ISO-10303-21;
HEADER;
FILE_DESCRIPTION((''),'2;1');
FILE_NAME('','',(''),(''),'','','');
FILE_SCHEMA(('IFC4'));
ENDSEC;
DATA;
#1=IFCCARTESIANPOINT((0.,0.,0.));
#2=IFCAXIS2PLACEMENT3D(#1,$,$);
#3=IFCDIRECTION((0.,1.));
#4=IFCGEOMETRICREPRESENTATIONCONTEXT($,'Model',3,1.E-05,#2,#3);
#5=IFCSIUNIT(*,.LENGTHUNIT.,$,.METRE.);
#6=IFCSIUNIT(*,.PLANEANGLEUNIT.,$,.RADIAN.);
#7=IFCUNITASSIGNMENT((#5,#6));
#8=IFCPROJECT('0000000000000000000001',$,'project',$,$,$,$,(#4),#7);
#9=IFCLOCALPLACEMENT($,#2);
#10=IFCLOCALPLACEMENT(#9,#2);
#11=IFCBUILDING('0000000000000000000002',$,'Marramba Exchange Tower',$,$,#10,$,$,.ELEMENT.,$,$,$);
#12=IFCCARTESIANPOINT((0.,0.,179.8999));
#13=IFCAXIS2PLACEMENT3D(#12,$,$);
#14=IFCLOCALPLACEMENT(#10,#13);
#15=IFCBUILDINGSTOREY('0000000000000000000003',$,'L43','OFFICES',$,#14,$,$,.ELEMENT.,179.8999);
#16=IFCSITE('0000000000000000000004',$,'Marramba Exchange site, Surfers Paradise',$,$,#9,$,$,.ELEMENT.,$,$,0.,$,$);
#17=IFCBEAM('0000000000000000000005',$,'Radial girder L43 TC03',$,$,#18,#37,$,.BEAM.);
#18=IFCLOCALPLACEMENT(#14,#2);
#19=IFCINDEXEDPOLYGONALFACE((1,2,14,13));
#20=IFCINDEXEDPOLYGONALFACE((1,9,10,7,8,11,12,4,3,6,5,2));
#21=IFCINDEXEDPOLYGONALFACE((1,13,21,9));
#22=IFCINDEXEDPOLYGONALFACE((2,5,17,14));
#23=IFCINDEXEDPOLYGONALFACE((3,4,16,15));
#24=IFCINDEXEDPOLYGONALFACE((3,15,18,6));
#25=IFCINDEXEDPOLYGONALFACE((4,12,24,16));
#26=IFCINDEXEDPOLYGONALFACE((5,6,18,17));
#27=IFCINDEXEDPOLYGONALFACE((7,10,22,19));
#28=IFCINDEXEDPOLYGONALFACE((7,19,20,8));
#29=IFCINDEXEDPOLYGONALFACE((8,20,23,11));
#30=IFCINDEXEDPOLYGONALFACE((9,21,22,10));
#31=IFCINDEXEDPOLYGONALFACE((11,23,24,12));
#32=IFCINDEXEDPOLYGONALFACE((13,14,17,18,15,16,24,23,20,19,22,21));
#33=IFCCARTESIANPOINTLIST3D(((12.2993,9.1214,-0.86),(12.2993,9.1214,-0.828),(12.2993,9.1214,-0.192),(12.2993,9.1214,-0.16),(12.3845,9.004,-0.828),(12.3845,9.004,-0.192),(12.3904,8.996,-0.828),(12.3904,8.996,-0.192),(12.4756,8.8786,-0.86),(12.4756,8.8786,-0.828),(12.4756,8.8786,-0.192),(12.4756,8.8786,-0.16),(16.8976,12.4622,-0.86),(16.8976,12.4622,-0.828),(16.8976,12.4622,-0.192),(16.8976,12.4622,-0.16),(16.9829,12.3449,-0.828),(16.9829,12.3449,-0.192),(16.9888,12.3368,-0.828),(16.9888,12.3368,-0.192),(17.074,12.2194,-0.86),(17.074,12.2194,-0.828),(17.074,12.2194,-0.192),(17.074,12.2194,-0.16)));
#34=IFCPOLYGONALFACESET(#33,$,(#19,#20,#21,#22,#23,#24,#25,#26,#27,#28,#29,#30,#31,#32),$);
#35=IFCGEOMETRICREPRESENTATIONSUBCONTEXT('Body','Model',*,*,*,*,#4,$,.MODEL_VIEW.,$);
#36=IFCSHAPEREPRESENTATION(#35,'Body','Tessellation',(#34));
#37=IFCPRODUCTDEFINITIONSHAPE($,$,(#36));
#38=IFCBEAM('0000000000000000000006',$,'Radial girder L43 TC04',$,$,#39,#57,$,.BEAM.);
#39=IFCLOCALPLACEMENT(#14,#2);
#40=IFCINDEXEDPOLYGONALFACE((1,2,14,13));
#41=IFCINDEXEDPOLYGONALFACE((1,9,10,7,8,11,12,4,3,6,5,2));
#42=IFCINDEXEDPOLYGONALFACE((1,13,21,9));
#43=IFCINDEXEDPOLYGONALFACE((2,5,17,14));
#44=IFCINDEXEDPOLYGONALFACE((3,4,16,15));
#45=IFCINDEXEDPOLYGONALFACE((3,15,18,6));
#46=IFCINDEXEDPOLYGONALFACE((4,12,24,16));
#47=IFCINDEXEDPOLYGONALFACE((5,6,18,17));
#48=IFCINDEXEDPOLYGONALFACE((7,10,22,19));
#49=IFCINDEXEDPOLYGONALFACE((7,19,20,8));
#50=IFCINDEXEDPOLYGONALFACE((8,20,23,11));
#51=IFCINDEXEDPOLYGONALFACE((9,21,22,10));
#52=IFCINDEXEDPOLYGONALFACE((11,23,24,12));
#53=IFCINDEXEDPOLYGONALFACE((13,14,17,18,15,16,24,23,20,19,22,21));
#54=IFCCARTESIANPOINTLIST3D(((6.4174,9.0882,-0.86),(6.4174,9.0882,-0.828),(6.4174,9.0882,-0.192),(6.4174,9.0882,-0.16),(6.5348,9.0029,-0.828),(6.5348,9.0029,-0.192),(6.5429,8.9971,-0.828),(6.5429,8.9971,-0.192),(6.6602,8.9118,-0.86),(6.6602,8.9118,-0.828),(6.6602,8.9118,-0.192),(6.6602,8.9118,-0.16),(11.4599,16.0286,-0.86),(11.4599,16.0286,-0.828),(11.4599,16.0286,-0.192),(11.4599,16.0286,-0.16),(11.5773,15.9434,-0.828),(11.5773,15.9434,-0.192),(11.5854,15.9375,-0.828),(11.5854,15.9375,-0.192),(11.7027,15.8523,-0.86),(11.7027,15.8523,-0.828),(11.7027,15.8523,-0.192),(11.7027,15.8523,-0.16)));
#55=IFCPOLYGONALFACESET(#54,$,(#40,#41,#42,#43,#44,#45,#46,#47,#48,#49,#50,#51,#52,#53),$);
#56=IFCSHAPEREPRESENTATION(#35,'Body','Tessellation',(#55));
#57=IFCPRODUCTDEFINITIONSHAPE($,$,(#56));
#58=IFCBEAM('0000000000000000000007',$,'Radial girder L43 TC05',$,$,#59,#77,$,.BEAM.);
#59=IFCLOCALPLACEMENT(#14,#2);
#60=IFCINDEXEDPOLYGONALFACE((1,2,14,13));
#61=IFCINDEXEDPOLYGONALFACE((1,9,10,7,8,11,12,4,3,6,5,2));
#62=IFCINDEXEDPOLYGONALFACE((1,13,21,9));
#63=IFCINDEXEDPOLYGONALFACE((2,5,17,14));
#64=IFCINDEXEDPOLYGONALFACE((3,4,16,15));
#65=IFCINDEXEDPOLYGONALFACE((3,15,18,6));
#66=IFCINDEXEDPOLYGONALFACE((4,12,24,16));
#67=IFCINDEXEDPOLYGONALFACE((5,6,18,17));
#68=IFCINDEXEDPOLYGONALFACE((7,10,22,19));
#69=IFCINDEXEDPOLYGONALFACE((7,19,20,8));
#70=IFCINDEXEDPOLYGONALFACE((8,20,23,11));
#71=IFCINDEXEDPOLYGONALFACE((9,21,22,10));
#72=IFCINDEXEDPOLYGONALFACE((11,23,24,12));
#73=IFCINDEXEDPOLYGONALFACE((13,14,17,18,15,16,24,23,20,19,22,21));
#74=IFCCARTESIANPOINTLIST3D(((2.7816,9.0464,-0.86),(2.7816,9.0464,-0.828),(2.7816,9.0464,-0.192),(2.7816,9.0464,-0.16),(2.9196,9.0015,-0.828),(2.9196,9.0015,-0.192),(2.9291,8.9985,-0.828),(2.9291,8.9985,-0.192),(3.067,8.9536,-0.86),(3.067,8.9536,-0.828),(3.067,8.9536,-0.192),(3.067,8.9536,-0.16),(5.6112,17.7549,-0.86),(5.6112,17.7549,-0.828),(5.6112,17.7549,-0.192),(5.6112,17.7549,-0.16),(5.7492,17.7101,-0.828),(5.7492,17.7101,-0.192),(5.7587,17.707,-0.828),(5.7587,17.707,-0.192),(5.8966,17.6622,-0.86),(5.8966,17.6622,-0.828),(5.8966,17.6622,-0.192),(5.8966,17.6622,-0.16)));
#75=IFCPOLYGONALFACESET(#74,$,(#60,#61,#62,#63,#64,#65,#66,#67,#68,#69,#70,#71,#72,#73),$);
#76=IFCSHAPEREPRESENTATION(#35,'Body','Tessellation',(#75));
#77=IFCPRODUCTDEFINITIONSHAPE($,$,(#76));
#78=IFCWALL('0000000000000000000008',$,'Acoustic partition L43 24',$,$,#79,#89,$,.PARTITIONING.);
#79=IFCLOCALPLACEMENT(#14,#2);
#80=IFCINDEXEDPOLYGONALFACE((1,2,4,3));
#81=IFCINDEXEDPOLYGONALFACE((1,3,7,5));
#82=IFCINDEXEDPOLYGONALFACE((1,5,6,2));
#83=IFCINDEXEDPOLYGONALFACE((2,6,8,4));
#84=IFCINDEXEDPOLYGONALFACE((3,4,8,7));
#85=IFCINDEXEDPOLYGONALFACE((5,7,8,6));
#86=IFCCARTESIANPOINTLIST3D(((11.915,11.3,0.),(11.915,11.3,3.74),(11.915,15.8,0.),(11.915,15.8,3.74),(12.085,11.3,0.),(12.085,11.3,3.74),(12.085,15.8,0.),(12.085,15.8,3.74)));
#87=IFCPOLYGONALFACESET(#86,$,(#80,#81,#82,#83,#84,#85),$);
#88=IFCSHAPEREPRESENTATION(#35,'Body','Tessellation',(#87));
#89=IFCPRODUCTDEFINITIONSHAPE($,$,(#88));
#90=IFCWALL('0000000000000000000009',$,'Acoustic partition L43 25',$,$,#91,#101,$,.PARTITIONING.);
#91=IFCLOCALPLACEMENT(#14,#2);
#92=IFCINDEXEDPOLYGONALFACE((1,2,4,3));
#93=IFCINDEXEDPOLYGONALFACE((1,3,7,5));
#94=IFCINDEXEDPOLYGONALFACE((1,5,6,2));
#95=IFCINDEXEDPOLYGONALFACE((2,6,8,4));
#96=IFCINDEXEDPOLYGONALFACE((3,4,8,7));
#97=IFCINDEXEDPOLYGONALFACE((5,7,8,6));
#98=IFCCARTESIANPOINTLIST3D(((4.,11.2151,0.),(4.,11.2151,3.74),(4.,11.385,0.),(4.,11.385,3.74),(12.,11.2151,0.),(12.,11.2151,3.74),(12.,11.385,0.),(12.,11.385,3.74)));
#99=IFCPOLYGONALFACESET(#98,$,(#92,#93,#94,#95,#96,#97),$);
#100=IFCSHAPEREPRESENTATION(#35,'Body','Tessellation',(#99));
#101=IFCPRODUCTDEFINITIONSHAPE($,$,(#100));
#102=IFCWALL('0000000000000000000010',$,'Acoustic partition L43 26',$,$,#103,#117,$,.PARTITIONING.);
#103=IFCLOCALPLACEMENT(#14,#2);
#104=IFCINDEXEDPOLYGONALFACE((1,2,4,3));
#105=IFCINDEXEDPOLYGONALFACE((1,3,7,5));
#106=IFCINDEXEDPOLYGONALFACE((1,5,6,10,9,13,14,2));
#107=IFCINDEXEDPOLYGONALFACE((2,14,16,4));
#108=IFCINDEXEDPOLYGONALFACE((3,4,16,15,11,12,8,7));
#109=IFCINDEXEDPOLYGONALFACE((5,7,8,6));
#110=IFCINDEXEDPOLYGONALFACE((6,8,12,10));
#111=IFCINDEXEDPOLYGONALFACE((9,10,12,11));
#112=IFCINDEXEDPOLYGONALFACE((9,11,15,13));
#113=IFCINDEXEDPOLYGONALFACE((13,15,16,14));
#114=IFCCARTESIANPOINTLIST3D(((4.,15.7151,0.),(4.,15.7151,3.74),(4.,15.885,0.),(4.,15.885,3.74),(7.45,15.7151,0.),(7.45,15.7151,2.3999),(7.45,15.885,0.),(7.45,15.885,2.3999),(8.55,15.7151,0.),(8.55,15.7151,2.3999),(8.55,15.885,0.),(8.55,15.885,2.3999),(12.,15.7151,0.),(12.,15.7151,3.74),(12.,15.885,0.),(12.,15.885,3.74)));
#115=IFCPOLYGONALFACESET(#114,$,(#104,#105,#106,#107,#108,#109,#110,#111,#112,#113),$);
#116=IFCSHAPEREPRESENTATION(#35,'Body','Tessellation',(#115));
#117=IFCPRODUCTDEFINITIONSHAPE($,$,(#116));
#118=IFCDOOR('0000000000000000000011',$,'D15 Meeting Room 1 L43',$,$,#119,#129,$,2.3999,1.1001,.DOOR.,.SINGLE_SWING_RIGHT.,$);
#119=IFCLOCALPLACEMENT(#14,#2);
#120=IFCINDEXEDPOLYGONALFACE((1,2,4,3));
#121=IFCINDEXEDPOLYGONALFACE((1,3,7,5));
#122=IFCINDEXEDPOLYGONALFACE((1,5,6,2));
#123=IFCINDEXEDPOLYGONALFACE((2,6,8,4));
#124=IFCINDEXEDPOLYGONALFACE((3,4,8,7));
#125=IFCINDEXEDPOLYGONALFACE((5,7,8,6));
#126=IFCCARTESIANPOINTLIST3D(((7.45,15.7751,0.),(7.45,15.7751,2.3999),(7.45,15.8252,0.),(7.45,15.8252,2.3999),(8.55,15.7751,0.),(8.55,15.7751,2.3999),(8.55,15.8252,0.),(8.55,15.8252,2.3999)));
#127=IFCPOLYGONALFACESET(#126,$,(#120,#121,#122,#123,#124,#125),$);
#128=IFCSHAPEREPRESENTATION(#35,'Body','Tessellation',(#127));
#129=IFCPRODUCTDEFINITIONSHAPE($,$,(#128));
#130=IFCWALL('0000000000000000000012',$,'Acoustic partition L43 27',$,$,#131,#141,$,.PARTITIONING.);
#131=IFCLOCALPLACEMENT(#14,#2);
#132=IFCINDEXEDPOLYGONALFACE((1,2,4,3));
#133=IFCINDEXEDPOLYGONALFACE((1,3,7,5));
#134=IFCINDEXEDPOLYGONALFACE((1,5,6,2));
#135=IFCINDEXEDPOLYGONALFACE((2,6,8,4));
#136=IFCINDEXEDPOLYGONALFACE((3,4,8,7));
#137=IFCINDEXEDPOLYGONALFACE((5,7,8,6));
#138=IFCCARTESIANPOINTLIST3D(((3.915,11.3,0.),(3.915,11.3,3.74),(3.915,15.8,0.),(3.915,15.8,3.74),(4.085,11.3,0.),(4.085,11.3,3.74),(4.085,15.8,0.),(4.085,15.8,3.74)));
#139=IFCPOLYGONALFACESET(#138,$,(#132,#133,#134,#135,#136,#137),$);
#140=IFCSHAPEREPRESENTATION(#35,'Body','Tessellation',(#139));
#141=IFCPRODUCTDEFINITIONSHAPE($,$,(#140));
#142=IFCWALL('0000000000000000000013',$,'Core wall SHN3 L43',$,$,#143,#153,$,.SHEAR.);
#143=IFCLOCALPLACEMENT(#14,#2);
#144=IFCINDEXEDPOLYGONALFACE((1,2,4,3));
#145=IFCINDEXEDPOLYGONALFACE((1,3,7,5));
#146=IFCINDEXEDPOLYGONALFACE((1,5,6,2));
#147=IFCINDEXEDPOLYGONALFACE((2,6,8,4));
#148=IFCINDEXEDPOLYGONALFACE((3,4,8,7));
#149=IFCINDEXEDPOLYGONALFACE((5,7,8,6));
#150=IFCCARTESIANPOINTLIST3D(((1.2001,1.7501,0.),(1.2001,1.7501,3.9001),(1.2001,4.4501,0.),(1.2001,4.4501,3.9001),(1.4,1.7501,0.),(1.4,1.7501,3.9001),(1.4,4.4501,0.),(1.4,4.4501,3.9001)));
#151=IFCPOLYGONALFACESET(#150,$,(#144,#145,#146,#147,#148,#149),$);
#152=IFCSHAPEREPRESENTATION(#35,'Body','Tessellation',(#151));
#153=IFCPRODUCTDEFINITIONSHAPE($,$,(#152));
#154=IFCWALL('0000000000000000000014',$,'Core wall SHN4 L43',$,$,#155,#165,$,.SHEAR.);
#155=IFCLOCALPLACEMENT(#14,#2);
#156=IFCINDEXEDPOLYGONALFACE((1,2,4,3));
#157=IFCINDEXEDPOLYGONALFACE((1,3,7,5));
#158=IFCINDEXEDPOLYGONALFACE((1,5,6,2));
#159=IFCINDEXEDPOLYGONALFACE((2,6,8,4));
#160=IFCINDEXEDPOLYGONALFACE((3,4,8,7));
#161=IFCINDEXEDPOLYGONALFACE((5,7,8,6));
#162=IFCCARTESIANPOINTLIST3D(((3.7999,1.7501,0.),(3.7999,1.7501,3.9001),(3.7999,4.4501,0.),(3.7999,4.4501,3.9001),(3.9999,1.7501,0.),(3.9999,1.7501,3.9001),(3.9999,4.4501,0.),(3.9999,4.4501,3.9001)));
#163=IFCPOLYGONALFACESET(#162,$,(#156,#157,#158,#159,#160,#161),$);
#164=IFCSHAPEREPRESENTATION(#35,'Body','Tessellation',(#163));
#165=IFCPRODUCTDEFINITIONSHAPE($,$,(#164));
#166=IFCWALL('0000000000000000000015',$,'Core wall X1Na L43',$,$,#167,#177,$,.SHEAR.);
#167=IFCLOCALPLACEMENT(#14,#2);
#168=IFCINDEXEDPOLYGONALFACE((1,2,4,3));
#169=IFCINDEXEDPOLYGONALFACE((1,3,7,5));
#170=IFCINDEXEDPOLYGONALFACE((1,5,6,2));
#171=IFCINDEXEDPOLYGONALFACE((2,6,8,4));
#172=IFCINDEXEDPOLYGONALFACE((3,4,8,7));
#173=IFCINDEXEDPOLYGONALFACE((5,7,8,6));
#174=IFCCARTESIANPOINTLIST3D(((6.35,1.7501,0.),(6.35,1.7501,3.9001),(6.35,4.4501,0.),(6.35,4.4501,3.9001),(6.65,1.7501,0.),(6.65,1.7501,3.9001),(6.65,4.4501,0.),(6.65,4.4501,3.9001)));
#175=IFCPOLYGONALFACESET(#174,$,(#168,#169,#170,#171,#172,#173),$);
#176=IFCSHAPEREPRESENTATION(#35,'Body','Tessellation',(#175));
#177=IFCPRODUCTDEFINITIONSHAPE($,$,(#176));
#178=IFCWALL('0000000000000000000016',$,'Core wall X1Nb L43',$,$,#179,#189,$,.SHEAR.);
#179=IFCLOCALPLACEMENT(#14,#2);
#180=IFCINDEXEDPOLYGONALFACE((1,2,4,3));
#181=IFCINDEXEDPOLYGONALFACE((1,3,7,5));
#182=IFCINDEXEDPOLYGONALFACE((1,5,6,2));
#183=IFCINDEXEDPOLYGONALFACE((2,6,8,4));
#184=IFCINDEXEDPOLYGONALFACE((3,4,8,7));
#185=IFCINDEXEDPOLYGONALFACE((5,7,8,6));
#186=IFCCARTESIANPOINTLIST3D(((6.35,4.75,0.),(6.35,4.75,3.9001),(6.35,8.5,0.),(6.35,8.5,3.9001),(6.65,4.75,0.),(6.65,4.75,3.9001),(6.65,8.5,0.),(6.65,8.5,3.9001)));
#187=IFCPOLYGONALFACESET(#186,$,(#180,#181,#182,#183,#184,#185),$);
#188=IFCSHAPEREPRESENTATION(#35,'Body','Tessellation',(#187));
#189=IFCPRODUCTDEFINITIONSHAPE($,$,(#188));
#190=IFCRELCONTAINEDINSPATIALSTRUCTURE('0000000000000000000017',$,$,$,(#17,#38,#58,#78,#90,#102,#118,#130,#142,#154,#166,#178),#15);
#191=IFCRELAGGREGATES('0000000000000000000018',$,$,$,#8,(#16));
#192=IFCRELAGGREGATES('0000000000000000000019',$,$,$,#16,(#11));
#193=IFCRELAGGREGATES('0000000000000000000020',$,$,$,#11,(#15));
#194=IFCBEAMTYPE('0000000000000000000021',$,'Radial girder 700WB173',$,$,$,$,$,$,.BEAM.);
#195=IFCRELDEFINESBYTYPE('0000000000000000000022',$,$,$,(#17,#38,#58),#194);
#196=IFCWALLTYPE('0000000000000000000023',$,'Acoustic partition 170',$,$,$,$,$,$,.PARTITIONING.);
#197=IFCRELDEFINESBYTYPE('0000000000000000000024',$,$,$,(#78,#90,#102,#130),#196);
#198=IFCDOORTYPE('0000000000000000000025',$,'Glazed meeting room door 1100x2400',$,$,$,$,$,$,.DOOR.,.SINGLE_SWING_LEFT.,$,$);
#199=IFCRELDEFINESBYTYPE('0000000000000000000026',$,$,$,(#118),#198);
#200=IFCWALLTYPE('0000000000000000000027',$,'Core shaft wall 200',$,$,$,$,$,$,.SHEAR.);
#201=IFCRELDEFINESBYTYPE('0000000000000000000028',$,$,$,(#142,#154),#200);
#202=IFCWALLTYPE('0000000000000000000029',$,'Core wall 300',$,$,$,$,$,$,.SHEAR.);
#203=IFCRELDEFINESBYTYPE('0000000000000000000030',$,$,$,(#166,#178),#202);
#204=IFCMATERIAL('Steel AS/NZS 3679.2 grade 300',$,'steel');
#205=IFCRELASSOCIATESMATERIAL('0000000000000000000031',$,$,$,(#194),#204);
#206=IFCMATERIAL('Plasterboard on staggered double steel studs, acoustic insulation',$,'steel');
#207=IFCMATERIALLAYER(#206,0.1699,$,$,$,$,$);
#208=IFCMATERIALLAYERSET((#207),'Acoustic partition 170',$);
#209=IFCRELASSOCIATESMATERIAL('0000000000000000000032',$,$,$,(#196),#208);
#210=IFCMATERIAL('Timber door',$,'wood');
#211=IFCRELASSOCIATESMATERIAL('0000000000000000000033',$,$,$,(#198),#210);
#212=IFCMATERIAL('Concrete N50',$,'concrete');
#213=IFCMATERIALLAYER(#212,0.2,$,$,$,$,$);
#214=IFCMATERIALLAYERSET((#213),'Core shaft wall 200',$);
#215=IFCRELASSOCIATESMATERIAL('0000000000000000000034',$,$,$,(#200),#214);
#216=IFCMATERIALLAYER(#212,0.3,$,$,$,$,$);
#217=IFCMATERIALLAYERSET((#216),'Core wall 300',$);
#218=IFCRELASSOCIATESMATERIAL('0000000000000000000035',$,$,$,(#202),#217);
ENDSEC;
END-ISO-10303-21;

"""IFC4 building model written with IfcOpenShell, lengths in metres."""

from ifc_helpers import new_model, si_unit, direction, frame, frame_2d, origin, origin_2d, place, context, subcontext, project, spatial, rectangle, i_section, extrude, material, layer, layer_set, material_profile, profile_set, type_object, element, fill, save


model = new_model("IFC4")

# Units and contexts
model_context = context("Model", 3, precision=1e-05, world=origin(), true_north=direction((0.0, 1.0)))
body_context = subcontext(model_context, "Body", "Model", "MODEL_VIEW")
ifc_project = project(units=[si_unit("LENGTHUNIT", "METRE"), si_unit("PLANEANGLEUNIT", "RADIAN")], contexts=[model_context])

# Site, building, storey
site_placement = place(None, origin())
site = spatial("IfcSite", under=ifc_project, at=site_placement, Name="Marramba Exchange site, Surfers Paradise", CompositionType="ELEMENT", RefElevation=0.0)
building_placement = place(site_placement, origin())
building = spatial("IfcBuilding", under=site, at=building_placement, Name="Marramba Exchange Tower", CompositionType="ELEMENT")
storey_placement = place(building_placement, frame((0.0, 0.0, 179.8999)))
storey = spatial("IfcBuildingStorey", under=building, at=storey_placement, Name="L43", Description="OFFICES", CompositionType="ELEMENT", Elevation=179.8999)

# Beams
ifc_material_1 = material(Name="Steel AS/NZS 3679.2 grade 300", Category="steel")
ifc_material_profile_1 = material_profile(ifc_material_1, i_section(OverallWidth=0.3, OverallDepth=0.7, WebThickness=0.01, FlangeThickness=0.032, at=origin_2d()), Name="700WB173")
ifc_profile_set_1 = profile_set([ifc_material_profile_1], Name="Steel AS/NZS 3679.2 grade 300")
beam_type_1 = type_object("IfcBeamType", Name="Radial girder 700WB173", PredefinedType="BEAM", material=ifc_profile_set_1)
beam_1_placement = place(storey_placement, frame((12.3875, 9.0, -0.51), z_axis=(0.809026, 0.587773, 0.0), x_axis=(-0.587773, 0.809026, 0.0)))
element("IfcBeam", 1, at=beam_1_placement, inside=storey, type_object=beam_type_1, Name="Radial girder L43 TC03", PredefinedType="BEAM", context=body_context, shape_type="SweptSolid", body=[
    extrude(i_section(OverallWidth=0.3, OverallDepth=0.7, WebThickness=0.01, FlangeThickness=0.032, at=origin_2d()), origin(), (0.0, 0.0, 1.0), 5.6838),
])
beam_2_placement = place(storey_placement, frame((6.5388, 9.0, -0.51), z_axis=(0.587782, 0.809019, 0.0), x_axis=(-0.809019, 0.587782, 0.0)))
element("IfcBeam", 2, at=beam_2_placement, inside=storey, type_object=beam_type_1, Name="Radial girder L43 TC04", PredefinedType="BEAM", context=body_context, shape_type="SweptSolid", body=[
    extrude(i_section(OverallWidth=0.3, OverallDepth=0.7, WebThickness=0.01, FlangeThickness=0.032, at=origin_2d()), origin(), (0.0, 0.0, 1.0), 8.5789),
])
beam_3_placement = place(storey_placement, frame((2.9243, 9.0, -0.51), z_axis=(0.30902, 0.951056, 0.0), x_axis=(-0.951056, 0.30902, 0.0)))
element("IfcBeam", 3, at=beam_3_placement, inside=storey, type_object=beam_type_1, Name="Radial girder L43 TC05", PredefinedType="BEAM", context=body_context, shape_type="SweptSolid", body=[
    extrude(i_section(OverallWidth=0.3, OverallDepth=0.7, WebThickness=0.01, FlangeThickness=0.032, at=origin_2d()), origin(), (0.0, 0.0, 1.0), 9.1567),
])

# Walls
ifc_material_2 = material(Name="Plasterboard on staggered double steel studs, acoustic insulation", Category="steel")
ifc_layer_1 = layer(ifc_material_2, 0.1699)
ifc_layer_set_1 = layer_set([ifc_layer_1], Name="Acoustic partition 170")
wall_type_1 = type_object("IfcWallType", Name="Acoustic partition 170", PredefinedType="PARTITIONING", material=ifc_layer_set_1)
wall_1_placement = place(storey_placement, frame((12.0, 11.3, 0.0), z_axis=(0.0, 0.0, 1.0), x_axis=(0.0, 1.0, 0.0)))
element("IfcWall", 4, at=wall_1_placement, inside=storey, type_object=wall_type_1, Name="Acoustic partition L43 24", PredefinedType="PARTITIONING", context=body_context, shape_type="SweptSolid", body=[
    extrude(rectangle(XDim=4.5, YDim=0.1699, at=frame_2d((2.25, 0.0))), origin(), (0.0, 0.0, 1.0), 3.74),
])
wall_2_placement = place(storey_placement, frame((4.0, 11.3, 0.0), z_axis=(0.0, 0.0, 1.0), x_axis=(1.0, 0.0, 0.0)))
element("IfcWall", 5, at=wall_2_placement, inside=storey, type_object=wall_type_1, Name="Acoustic partition L43 25", PredefinedType="PARTITIONING", context=body_context, shape_type="SweptSolid", body=[
    extrude(rectangle(XDim=8.0, YDim=0.1699, at=frame_2d((4.0, 0.0))), origin(), (0.0, 0.0, 1.0), 3.74),
])

# Wall, opening, door
wall_3_placement = place(storey_placement, frame((12.0, 15.8, 0.0), z_axis=(0.0, 0.0, 1.0), x_axis=(-1.0, 0.0, 0.0)))
wall_3 = element("IfcWall", 6, at=wall_3_placement, inside=storey, type_object=wall_type_1, Name="Acoustic partition L43 26", PredefinedType="PARTITIONING", context=body_context, shape_type="SweptSolid", body=[
    extrude(rectangle(XDim=8.0, YDim=0.1699, at=frame_2d((4.0, 0.0))), origin(), (0.0, 0.0, 1.0), 3.74),
])
opening_placement = place(wall_3_placement, frame((3.45, 0.0, 0.0)))
opening = element("IfcOpeningElement", 7, at=opening_placement, cuts=wall_3, PredefinedType="OPENING", context=body_context, shape_type="SweptSolid", body=[
    extrude(rectangle(XDim=1.1001, YDim=2.3999, at=frame_2d((0.55, 1.2))), frame((0.0, 0.095, 0.0), z_axis=(0.0, -1.0, 0.0), x_axis=(1.0, 0.0, 0.0)), (0.0, 0.0, 1.0), 0.1899),
])
ifc_material_3 = material(Name="Timber door", Category="wood")
door_type = type_object("IfcDoorType", Name="Glazed meeting room door 1100x2400", OperationType="SINGLE_SWING_LEFT", PredefinedType="DOOR", material=ifc_material_3)
door_placement = place(opening_placement, origin())
door = element("IfcDoor", 8, at=door_placement, inside=storey, type_object=door_type, Name="D15 Meeting Room 1 L43", OperationType="SINGLE_SWING_RIGHT", OverallHeight=2.3999, OverallWidth=1.1001, PredefinedType="DOOR", context=body_context, shape_type="SweptSolid", body=[
    extrude(rectangle(XDim=1.1001, YDim=2.3999, at=frame_2d((0.55, 1.2))), frame((0.0, 0.0249, 0.0), z_axis=(0.0, -1.0, 0.0), x_axis=(1.0, 0.0, 0.0)), (0.0, 0.0, 1.0), 0.05),
])
fill(opening, door)

# Walls
wall_4_placement = place(storey_placement, frame((4.0, 15.8, 0.0), z_axis=(0.0, 0.0, 1.0), x_axis=(0.0, -1.0, 0.0)))
element("IfcWall", 9, at=wall_4_placement, inside=storey, type_object=wall_type_1, Name="Acoustic partition L43 27", PredefinedType="PARTITIONING", context=body_context, shape_type="SweptSolid", body=[
    extrude(rectangle(XDim=4.5, YDim=0.1699, at=frame_2d((2.25, 0.0))), origin(), (0.0, 0.0, 1.0), 3.74),
])
ifc_material_4 = material(Name="Concrete N50", Category="concrete")
ifc_layer_2 = layer(ifc_material_4, 0.2)
ifc_layer_set_2 = layer_set([ifc_layer_2], Name="Core shaft wall 200")
wall_type_2 = type_object("IfcWallType", Name="Core shaft wall 200", PredefinedType="SHEAR", material=ifc_layer_set_2)
for number, where, z_axis, x_axis, name in (
    (10, (1.3, 1.75, 0.0), (0.0, 0.0, 1.0), (0.0, 1.0, 0.0), "Core wall SHN3 L43"),
    (11, (3.8999, 1.75, 0.0), (0.0, 0.0, 1.0), (0.0, 1.0, 0.0), "Core wall SHN4 L43"),
):
    element("IfcWall", number, at=place(storey_placement, frame(where, z_axis=z_axis, x_axis=x_axis)), inside=storey, type_object=wall_type_2, Name=name, PredefinedType="SHEAR", context=body_context, shape_type="SweptSolid", body=[
        extrude(rectangle(XDim=2.7, YDim=0.2, at=frame_2d((1.3501, 0.0))), origin(), (0.0, 0.0, 1.0), 3.9001),
    ])
ifc_layer_3 = layer(ifc_material_4, 0.3)
ifc_layer_set_3 = layer_set([ifc_layer_3], Name="Core wall 300")
wall_type_3 = type_object("IfcWallType", Name="Core wall 300", PredefinedType="SHEAR", material=ifc_layer_set_3)
wall_5_placement = place(storey_placement, frame((6.5, 1.75, 0.0), z_axis=(0.0, 0.0, 1.0), x_axis=(0.0, 1.0, 0.0)))
element("IfcWall", 12, at=wall_5_placement, inside=storey, type_object=wall_type_3, Name="Core wall X1Na L43", PredefinedType="SHEAR", context=body_context, shape_type="SweptSolid", body=[
    extrude(rectangle(XDim=2.7, YDim=0.3, at=frame_2d((1.3501, 0.0))), origin(), (0.0, 0.0, 1.0), 3.9001),
])
wall_6_placement = place(storey_placement, frame((6.5, 4.75, 0.0), z_axis=(0.0, 0.0, 1.0), x_axis=(0.0, 1.0, 0.0)))
element("IfcWall", 13, at=wall_6_placement, inside=storey, type_object=wall_type_3, Name="Core wall X1Nb L43", PredefinedType="SHEAR", context=body_context, shape_type="SweptSolid", body=[
    extrude(rectangle(XDim=3.75, YDim=0.3, at=frame_2d((1.875, 0.0))), origin(), (0.0, 0.0, 1.0), 3.9001),
])

save(model, "model.ifc")
